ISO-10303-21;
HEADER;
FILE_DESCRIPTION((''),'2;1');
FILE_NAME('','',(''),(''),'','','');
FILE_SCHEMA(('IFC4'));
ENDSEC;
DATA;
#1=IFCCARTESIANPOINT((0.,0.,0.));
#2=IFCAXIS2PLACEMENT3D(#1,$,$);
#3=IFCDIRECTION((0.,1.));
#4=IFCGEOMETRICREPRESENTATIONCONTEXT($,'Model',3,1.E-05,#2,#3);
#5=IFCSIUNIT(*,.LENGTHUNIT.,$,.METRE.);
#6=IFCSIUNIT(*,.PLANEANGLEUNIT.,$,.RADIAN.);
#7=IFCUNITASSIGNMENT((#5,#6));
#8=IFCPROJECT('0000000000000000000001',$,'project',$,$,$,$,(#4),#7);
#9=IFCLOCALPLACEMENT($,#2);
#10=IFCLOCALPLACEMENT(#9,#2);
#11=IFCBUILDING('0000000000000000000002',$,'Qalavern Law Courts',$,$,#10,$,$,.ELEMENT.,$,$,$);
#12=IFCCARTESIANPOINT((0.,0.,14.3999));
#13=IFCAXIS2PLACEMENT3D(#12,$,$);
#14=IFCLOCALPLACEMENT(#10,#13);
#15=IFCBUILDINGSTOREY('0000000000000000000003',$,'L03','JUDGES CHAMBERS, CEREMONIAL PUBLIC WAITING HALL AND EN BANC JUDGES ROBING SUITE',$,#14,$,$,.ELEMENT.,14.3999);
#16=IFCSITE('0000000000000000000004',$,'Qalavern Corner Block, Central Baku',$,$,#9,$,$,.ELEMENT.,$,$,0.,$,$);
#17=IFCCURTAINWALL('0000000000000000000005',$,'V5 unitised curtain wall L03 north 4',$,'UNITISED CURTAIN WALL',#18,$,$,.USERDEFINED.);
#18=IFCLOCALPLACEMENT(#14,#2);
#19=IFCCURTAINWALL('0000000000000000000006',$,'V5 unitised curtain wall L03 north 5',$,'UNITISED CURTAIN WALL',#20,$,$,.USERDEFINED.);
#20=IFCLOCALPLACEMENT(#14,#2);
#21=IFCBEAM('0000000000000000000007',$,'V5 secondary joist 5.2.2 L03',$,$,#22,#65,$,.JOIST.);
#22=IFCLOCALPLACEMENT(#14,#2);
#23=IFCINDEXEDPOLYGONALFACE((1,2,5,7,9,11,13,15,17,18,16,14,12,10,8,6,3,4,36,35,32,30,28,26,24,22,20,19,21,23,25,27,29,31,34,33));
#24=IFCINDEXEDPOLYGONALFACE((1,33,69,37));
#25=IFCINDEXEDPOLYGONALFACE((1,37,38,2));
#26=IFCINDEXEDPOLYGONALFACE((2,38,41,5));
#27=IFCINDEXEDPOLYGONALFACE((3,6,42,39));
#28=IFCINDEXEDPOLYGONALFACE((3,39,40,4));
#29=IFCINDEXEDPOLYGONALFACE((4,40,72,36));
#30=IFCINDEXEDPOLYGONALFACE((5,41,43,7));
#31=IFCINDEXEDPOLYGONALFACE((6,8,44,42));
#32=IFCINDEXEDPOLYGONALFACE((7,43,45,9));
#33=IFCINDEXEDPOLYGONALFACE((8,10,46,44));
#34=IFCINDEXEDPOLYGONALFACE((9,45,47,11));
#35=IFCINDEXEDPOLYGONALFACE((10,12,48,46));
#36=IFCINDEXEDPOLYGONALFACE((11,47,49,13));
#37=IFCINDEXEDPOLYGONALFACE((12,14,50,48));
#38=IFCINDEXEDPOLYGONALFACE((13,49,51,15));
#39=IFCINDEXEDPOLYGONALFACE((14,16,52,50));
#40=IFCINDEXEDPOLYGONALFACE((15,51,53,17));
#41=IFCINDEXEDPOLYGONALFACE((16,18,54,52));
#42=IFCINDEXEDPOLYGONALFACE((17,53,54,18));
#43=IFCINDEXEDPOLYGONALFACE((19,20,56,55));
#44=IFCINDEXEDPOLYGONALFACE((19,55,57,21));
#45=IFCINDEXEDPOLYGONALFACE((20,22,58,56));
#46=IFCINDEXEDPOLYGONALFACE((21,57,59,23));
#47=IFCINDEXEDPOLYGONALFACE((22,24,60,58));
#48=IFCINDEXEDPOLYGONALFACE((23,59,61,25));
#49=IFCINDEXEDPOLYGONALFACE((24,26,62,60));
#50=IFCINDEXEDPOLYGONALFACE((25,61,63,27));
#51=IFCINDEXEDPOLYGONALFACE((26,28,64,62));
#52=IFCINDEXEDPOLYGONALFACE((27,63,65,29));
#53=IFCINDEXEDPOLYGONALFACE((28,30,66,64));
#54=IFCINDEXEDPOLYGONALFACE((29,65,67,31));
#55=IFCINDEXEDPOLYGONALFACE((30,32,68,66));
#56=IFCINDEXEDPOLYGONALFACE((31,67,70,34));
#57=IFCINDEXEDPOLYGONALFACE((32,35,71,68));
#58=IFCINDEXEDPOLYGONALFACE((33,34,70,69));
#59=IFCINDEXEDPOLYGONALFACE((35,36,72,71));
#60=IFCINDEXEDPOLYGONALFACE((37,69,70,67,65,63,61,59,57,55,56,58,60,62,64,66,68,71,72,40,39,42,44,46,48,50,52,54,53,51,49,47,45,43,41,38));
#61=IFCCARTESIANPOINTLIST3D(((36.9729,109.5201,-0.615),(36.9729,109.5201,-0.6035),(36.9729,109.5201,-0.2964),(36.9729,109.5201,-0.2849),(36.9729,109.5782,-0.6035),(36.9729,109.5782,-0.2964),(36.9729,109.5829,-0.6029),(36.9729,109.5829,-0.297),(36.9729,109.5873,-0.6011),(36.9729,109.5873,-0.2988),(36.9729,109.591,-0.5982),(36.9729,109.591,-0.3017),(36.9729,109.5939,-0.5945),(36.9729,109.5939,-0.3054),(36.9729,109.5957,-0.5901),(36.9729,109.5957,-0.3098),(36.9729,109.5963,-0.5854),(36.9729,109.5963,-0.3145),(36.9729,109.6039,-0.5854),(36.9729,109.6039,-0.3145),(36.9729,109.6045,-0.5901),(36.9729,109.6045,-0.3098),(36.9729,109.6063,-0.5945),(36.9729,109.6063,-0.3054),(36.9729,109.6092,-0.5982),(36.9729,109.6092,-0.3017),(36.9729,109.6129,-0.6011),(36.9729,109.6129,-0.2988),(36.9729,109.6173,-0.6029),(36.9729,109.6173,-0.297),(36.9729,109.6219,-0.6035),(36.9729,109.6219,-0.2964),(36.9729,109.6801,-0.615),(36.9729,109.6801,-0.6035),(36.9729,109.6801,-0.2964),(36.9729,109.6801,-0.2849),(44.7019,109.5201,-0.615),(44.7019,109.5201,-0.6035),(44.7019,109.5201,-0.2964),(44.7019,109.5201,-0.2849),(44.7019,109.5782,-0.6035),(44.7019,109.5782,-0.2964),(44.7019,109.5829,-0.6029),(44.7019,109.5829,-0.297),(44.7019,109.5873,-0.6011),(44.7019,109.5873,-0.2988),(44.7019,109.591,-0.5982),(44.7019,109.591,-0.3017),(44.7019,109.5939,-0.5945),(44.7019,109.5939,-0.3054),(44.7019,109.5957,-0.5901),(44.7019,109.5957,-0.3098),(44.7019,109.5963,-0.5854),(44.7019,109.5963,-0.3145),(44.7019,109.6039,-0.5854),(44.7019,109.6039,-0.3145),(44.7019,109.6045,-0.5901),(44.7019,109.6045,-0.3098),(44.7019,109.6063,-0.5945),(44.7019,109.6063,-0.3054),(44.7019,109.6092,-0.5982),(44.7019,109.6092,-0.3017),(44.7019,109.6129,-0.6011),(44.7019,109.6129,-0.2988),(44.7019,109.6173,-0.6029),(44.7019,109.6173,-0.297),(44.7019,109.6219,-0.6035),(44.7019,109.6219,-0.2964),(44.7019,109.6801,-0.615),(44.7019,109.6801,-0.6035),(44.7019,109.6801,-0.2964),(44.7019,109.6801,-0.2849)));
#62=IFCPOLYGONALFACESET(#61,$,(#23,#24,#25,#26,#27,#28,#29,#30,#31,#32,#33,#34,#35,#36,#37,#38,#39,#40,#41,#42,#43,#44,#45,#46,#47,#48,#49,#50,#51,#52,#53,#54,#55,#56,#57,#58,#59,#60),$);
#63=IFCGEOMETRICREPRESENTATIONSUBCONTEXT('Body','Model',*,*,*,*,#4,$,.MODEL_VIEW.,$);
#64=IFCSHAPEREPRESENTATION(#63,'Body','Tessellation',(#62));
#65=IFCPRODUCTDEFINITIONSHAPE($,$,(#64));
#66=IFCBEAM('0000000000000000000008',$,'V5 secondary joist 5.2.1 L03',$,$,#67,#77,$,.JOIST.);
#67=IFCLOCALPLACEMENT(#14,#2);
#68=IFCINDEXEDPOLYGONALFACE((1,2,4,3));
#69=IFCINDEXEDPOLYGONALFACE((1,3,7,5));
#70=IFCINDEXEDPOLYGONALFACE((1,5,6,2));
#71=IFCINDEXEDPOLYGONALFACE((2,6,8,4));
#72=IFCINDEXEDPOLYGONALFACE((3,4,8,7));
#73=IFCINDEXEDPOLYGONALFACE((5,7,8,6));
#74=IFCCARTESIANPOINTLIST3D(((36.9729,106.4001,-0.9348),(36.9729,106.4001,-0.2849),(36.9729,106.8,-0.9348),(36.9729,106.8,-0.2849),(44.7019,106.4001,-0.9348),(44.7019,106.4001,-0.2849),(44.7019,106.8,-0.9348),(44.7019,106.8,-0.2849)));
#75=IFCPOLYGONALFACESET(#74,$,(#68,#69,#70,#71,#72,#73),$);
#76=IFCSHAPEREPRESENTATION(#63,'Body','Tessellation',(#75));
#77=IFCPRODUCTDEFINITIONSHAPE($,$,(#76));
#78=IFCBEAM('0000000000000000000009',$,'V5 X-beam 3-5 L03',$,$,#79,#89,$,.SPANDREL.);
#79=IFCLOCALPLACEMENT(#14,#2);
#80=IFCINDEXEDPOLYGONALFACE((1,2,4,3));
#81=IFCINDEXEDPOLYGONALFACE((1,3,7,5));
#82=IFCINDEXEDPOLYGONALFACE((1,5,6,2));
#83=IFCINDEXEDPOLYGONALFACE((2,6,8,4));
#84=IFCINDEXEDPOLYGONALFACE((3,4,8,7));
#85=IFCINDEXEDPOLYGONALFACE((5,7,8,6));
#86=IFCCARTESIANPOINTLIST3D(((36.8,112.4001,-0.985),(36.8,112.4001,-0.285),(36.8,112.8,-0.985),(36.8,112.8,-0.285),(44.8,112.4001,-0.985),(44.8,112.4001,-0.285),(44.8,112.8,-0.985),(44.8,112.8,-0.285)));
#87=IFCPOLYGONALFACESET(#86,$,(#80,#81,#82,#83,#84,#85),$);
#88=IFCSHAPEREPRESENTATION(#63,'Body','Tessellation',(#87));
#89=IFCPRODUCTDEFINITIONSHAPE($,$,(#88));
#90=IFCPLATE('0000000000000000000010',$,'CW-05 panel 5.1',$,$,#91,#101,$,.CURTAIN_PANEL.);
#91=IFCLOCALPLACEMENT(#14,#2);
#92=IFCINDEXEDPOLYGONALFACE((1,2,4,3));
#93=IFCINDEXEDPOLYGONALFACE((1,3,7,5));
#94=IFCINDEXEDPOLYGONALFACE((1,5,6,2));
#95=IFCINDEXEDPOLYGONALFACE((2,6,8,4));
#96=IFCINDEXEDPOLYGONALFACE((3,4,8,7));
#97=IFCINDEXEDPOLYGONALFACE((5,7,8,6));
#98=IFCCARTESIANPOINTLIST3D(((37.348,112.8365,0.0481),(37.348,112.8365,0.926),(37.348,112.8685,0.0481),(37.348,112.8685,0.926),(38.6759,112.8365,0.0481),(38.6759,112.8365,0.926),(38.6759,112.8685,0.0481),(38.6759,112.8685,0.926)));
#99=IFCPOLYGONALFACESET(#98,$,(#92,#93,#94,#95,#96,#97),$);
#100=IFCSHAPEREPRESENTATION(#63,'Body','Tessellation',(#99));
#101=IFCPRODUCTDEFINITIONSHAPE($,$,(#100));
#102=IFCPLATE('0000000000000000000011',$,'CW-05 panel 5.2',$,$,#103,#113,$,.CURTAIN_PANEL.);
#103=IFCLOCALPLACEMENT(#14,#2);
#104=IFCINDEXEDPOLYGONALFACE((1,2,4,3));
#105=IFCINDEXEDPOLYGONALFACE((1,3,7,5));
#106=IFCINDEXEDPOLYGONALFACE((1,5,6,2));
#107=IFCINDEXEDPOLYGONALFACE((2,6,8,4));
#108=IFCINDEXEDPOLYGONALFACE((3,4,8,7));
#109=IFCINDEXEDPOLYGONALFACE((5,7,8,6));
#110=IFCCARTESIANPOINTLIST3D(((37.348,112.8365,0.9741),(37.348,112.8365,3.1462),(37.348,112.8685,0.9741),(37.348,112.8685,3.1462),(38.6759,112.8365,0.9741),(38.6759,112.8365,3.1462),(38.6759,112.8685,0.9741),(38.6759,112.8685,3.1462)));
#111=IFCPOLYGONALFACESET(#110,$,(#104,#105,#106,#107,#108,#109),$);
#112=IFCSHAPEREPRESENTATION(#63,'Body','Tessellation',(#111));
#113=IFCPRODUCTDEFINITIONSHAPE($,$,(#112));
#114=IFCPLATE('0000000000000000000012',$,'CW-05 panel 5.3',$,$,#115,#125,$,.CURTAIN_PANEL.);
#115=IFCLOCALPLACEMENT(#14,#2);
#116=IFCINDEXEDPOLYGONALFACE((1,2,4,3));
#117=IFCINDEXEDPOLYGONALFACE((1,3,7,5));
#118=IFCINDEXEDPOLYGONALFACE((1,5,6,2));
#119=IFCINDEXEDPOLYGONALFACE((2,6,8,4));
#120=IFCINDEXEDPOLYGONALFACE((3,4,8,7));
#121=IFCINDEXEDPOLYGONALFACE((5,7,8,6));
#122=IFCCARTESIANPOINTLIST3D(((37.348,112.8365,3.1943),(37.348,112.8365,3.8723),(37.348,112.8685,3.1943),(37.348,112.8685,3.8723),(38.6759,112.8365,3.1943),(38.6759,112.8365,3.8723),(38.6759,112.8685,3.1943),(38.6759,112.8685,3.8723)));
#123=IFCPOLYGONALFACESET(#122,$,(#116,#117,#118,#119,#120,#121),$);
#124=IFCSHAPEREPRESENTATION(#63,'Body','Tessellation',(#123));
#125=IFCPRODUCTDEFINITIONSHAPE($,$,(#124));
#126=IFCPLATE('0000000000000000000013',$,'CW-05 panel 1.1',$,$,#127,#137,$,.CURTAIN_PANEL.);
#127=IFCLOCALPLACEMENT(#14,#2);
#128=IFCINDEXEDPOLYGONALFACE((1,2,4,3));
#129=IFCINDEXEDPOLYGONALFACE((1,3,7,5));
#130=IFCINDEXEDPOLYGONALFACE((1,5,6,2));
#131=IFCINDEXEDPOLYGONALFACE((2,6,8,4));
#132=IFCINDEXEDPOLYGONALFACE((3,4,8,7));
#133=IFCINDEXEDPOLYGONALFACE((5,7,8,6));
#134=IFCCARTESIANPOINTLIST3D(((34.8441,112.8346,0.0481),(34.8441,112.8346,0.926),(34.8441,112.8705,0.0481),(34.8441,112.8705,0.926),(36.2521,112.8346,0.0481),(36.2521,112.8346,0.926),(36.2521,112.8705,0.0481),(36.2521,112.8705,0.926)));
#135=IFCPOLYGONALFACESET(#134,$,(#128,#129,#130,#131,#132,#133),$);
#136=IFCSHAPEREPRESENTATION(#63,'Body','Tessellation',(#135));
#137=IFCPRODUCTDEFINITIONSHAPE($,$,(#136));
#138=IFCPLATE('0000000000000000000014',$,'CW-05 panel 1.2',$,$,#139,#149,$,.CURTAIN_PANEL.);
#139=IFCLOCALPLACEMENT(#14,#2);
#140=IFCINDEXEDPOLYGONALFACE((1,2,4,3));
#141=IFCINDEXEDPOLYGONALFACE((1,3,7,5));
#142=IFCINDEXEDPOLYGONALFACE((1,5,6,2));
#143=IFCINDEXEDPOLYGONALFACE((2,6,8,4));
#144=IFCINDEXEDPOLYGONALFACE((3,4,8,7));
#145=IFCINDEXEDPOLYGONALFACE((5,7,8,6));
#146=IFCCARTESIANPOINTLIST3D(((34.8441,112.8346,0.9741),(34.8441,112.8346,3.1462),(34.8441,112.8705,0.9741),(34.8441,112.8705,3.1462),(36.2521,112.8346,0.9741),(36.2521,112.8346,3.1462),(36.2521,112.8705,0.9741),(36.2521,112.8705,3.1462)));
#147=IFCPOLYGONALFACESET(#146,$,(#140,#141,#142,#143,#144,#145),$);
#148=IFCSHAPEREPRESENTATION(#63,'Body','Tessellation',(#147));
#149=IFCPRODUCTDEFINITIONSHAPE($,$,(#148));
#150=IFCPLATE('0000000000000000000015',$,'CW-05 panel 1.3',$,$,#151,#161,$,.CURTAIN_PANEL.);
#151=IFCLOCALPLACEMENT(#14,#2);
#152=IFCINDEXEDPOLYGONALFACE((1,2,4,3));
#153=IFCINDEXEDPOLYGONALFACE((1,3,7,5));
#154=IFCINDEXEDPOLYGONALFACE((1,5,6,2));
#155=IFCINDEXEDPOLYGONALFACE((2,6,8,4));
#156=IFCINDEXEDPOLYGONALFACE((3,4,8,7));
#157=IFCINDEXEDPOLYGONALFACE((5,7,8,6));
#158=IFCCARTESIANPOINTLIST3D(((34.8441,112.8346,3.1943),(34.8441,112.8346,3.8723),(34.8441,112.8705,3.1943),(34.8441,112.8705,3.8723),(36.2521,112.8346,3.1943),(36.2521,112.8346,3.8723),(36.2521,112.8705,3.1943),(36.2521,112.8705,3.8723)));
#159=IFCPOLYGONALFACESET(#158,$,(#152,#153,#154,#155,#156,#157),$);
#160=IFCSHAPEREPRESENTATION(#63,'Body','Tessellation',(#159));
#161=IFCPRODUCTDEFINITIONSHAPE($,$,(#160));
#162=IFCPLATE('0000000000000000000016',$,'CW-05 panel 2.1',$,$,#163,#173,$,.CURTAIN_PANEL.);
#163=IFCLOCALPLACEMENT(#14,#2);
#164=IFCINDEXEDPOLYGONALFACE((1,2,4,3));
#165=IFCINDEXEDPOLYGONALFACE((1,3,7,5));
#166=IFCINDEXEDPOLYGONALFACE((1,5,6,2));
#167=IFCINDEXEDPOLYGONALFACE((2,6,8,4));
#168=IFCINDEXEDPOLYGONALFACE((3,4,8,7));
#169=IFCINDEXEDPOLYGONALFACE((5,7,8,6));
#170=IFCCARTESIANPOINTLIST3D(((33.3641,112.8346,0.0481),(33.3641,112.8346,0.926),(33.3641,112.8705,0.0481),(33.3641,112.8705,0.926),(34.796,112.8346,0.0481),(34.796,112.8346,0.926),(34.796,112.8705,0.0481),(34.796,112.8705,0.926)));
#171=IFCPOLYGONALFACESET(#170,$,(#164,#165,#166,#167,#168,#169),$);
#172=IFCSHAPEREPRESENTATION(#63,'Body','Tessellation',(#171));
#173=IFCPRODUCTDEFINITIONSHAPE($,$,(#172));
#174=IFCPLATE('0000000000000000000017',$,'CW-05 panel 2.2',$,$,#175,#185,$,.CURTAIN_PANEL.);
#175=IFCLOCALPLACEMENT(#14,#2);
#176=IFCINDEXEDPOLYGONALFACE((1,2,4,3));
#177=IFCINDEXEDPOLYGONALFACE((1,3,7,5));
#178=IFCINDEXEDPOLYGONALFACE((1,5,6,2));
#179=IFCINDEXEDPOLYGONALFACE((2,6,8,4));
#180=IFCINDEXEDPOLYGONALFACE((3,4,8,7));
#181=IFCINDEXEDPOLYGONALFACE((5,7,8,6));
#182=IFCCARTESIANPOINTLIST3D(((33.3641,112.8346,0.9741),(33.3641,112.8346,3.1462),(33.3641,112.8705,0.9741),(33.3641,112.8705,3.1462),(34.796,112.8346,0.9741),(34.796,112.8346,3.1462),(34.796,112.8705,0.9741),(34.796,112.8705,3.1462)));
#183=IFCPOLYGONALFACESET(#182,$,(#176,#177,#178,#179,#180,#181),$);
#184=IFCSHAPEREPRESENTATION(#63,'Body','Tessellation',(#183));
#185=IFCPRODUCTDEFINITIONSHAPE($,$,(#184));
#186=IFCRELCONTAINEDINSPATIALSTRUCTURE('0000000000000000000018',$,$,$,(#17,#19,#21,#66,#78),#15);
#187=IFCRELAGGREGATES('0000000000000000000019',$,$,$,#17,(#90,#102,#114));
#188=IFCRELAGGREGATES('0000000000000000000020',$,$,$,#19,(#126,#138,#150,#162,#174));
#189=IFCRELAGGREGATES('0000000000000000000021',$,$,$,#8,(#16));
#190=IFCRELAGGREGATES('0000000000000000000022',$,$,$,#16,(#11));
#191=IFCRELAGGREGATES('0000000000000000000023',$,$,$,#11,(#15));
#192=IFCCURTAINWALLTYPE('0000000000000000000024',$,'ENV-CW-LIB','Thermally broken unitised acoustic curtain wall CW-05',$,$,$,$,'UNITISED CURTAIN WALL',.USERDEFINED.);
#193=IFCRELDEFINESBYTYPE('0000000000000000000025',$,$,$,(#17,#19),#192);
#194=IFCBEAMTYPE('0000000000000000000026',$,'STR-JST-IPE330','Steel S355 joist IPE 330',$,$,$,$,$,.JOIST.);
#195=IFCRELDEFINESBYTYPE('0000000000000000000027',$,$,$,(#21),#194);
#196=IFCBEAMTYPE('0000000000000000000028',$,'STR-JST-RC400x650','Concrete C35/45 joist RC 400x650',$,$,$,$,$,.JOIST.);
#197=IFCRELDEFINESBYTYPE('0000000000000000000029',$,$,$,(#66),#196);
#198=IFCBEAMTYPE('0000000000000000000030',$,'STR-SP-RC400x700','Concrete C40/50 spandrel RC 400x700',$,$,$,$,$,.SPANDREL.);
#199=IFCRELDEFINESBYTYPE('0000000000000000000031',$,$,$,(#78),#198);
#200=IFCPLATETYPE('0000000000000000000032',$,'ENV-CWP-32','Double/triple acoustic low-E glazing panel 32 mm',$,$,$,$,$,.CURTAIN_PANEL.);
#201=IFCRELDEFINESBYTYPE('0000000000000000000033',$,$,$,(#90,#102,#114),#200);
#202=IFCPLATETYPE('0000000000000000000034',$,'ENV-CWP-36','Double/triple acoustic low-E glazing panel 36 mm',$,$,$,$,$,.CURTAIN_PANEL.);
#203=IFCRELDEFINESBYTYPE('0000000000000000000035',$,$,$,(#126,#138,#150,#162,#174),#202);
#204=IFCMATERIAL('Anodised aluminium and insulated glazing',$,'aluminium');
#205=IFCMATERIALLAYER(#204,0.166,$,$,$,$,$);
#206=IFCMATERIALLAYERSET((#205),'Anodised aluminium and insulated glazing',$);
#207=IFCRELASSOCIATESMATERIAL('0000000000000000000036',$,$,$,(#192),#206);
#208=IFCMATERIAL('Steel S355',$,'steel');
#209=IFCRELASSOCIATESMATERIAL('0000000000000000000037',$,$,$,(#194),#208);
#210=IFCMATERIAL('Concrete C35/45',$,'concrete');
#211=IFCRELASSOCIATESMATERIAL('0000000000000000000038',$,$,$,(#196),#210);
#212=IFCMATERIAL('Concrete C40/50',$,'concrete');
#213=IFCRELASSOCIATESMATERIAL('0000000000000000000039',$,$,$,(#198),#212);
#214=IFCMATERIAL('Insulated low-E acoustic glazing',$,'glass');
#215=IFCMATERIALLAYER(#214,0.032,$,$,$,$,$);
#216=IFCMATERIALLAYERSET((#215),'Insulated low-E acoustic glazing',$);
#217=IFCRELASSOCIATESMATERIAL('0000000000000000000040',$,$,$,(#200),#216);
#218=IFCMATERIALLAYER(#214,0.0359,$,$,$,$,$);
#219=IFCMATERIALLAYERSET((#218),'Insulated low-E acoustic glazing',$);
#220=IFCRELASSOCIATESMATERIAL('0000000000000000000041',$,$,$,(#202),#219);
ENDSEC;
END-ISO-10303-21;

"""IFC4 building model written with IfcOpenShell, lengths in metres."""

from ifc_helpers import new_model, si_unit, direction, frame, origin, origin_2d, place, context, subcontext, project, spatial, rectangle, i_section, extrude, material, layer, layer_set, material_profile, profile_set, type_object, element, aggregate, save


model = new_model("IFC4")

# Units and contexts
model_context = context("Model", 3, precision=1e-05, world=origin(), true_north=direction((0.0, 1.0)))
body_context = subcontext(model_context, "Body", "Model", "MODEL_VIEW")
ifc_project = project(units=[si_unit("LENGTHUNIT", "METRE"), si_unit("PLANEANGLEUNIT", "RADIAN")], contexts=[model_context])

# Site, building, storey
site_placement = place(None, origin())
site = spatial("IfcSite", under=ifc_project, at=site_placement, Name="Qalavern Corner Block, Central Baku", CompositionType="ELEMENT", RefElevation=0.0)
building_placement = place(site_placement, origin())
building = spatial("IfcBuilding", under=site, at=building_placement, Name="Qalavern Law Courts", CompositionType="ELEMENT")
storey_placement = place(building_placement, frame((0.0, 0.0, 14.3999)))
storey = spatial("IfcBuildingStorey", under=building, at=storey_placement, Name="L03", Description="JUDGES CHAMBERS, CEREMONIAL PUBLIC WAITING HALL AND EN BANC JUDGES ROBING SUITE", CompositionType="ELEMENT", Elevation=14.3999)

# Curtain wall
ifc_material_1 = material(Name="Anodised aluminium and insulated glazing", Category="aluminium")
ifc_layer_1 = layer(ifc_material_1, 0.166)
ifc_layer_set_1 = layer_set([ifc_layer_1], Name="Anodised aluminium and insulated glazing")
curtain_wall_type = type_object("IfcCurtainWallType", Name="ENV-CW-LIB", Description="Thermally broken unitised acoustic curtain wall CW-05", ElementType="UNITISED CURTAIN WALL", PredefinedType="USERDEFINED", material=ifc_layer_set_1)
curtain_wall_1_placement = place(storey_placement, origin())
curtain_wall_1 = element("IfcCurtainWall", 1, at=curtain_wall_1_placement, inside=storey, type_object=curtain_wall_type, Name="V5 unitised curtain wall L03 north 4", ObjectType="UNITISED CURTAIN WALL", PredefinedType="USERDEFINED")

# Curtain wall
curtain_wall_2_placement = place(storey_placement, origin())
curtain_wall_2 = element("IfcCurtainWall", 2, at=curtain_wall_2_placement, inside=storey, type_object=curtain_wall_type, Name="V5 unitised curtain wall L03 north 5", ObjectType="UNITISED CURTAIN WALL", PredefinedType="USERDEFINED")

# Beams
ifc_material_2 = material(Name="Concrete C35/45", Category="concrete")
ifc_material_3 = material(Name="Steel S355", Category="steel")
ifc_material_profile_1 = material_profile(ifc_material_3, i_section(OverallWidth=0.1599, OverallDepth=0.3301, WebThickness=0.0076, FlangeThickness=0.0115, FilletRadius=0.0181, at=origin_2d()), Name="IPE 330")
ifc_profile_set_1 = profile_set([ifc_material_profile_1], Name="Steel S355")
beam_type_1 = type_object("IfcBeamType", Name="STR-JST-IPE330", Description="Steel S355 joist IPE 330", PredefinedType="JOIST", material=ifc_profile_set_1)
beam_1_placement = place(storey_placement, frame((36.9729, 109.6001, -0.45), z_axis=(1.0, 0.0, 0.0), x_axis=(0.0, 1.0, 0.0)))
element("IfcBeam", 3, at=beam_1_placement, inside=storey, type_object=beam_type_1, Name="V5 secondary joist 5.2.2 L03", PredefinedType="JOIST", context=body_context, shape_type="SweptSolid", body=[
    extrude(i_section(OverallWidth=0.1599, OverallDepth=0.3301, WebThickness=0.0076, FlangeThickness=0.0115, FilletRadius=0.0181, at=origin_2d()), origin(), (0.0, 0.0, 1.0), 7.729),
])
ifc_material_profile_2 = material_profile(ifc_material_2, rectangle(XDim=0.3999, YDim=0.6499, at=origin_2d()), Name="RC 400x650")
ifc_profile_set_2 = profile_set([ifc_material_profile_2], Name="Concrete C35/45")
beam_type_2 = type_object("IfcBeamType", Name="STR-JST-RC400x650", Description="Concrete C35/45 joist RC 400x650", PredefinedType="JOIST", material=ifc_profile_set_2)
beam_2_placement = place(storey_placement, frame((36.9729, 106.6001, -0.6099), z_axis=(1.0, 0.0, 0.0), x_axis=(0.0, 1.0, 0.0)))
element("IfcBeam", 4, at=beam_2_placement, inside=storey, type_object=beam_type_2, Name="V5 secondary joist 5.2.1 L03", PredefinedType="JOIST", context=body_context, shape_type="SweptSolid", body=[
    extrude(rectangle(XDim=0.3999, YDim=0.6499, at=origin_2d()), origin(), (0.0, 0.0, 1.0), 7.729),
])
ifc_material_4 = material(Name="Concrete C40/50", Category="concrete")
ifc_material_profile_3 = material_profile(ifc_material_4, rectangle(XDim=0.3999, YDim=0.7, at=origin_2d()), Name="RC 400x700")
ifc_profile_set_3 = profile_set([ifc_material_profile_3], Name="Concrete C40/50")
beam_type_3 = type_object("IfcBeamType", Name="STR-SP-RC400x700", Description="Concrete C40/50 spandrel RC 400x700", PredefinedType="SPANDREL", material=ifc_profile_set_3)
beam_3_placement = place(storey_placement, frame((36.8, 112.6001, -0.635), z_axis=(1.0, 0.0, 0.0), x_axis=(0.0, 1.0, 0.0)))
element("IfcBeam", 5, at=beam_3_placement, inside=storey, type_object=beam_type_3, Name="V5 X-beam 3-5 L03", PredefinedType="SPANDREL", context=body_context, shape_type="SweptSolid", body=[
    extrude(rectangle(XDim=0.3999, YDim=0.7, at=origin_2d()), origin(), (0.0, 0.0, 1.0), 8.0),
])

# Plates
ifc_material_5 = material(Name="Insulated low-E acoustic glazing", Category="glass")
ifc_layer_2 = layer(ifc_material_5, 0.032)
ifc_layer_set_2 = layer_set([ifc_layer_2], Name="Insulated low-E acoustic glazing")
plate_type_1 = type_object("IfcPlateType", Name="ENV-CWP-32", Description="Double/triple acoustic low-E glazing panel 32 mm", PredefinedType="CURTAIN_PANEL", material=ifc_layer_set_2)
plate_1_placement = place(storey_placement, frame((38.012, 112.8525, 0.0481), z_axis=(0.0, 0.0, 1.0), x_axis=(-1.0, 0.0, 0.0)))
plate_1 = element("IfcPlate", 6, at=plate_1_placement, type_object=plate_type_1, Name="CW-05 panel 5.1", PredefinedType="CURTAIN_PANEL", context=body_context, shape_type="SweptSolid", body=[
    extrude(rectangle(XDim=1.3279, YDim=0.032, at=origin_2d()), origin(), (0.0, 0.0, 1.0), 0.8779),
])
plate_2_placement = place(storey_placement, frame((38.012, 112.8525, 0.9741), z_axis=(0.0, 0.0, 1.0), x_axis=(-1.0, 0.0, 0.0)))
plate_2 = element("IfcPlate", 7, at=plate_2_placement, type_object=plate_type_1, Name="CW-05 panel 5.2", PredefinedType="CURTAIN_PANEL", context=body_context, shape_type="SweptSolid", body=[
    extrude(rectangle(XDim=1.3279, YDim=0.032, at=origin_2d()), origin(), (0.0, 0.0, 1.0), 2.1721),
])
plate_3_placement = place(storey_placement, frame((38.012, 112.8525, 3.1943), z_axis=(0.0, 0.0, 1.0), x_axis=(-1.0, 0.0, 0.0)))
plate_3 = element("IfcPlate", 8, at=plate_3_placement, type_object=plate_type_1, Name="CW-05 panel 5.3", PredefinedType="CURTAIN_PANEL", context=body_context, shape_type="SweptSolid", body=[
    extrude(rectangle(XDim=1.3279, YDim=0.032, at=origin_2d()), origin(), (0.0, 0.0, 1.0), 0.678),
])
aggregate(curtain_wall_1, [plate_1, plate_2, plate_3])
ifc_layer_3 = layer(ifc_material_5, 0.0359)
ifc_layer_set_3 = layer_set([ifc_layer_3], Name="Insulated low-E acoustic glazing")
plate_type_2 = type_object("IfcPlateType", Name="ENV-CWP-36", Description="Double/triple acoustic low-E glazing panel 36 mm", PredefinedType="CURTAIN_PANEL", material=ifc_layer_set_3)
plate_4_placement = place(storey_placement, frame((35.5481, 112.8525, 0.0481), z_axis=(0.0, 0.0, 1.0), x_axis=(-1.0, 0.0, 0.0)))
plate_4 = element("IfcPlate", 9, at=plate_4_placement, type_object=plate_type_2, Name="CW-05 panel 1.1", PredefinedType="CURTAIN_PANEL", context=body_context, shape_type="SweptSolid", body=[
    extrude(rectangle(XDim=1.408, YDim=0.0359, at=origin_2d()), origin(), (0.0, 0.0, 1.0), 0.8779),
])
plate_5_placement = place(storey_placement, frame((35.5481, 112.8525, 0.9741), z_axis=(0.0, 0.0, 1.0), x_axis=(-1.0, 0.0, 0.0)))
plate_5 = element("IfcPlate", 10, at=plate_5_placement, type_object=plate_type_2, Name="CW-05 panel 1.2", PredefinedType="CURTAIN_PANEL", context=body_context, shape_type="SweptSolid", body=[
    extrude(rectangle(XDim=1.408, YDim=0.0359, at=origin_2d()), origin(), (0.0, 0.0, 1.0), 2.1721),
])
plate_6_placement = place(storey_placement, frame((35.5481, 112.8525, 3.1943), z_axis=(0.0, 0.0, 1.0), x_axis=(-1.0, 0.0, 0.0)))
plate_6 = element("IfcPlate", 11, at=plate_6_placement, type_object=plate_type_2, Name="CW-05 panel 1.3", PredefinedType="CURTAIN_PANEL", context=body_context, shape_type="SweptSolid", body=[
    extrude(rectangle(XDim=1.408, YDim=0.0359, at=origin_2d()), origin(), (0.0, 0.0, 1.0), 0.678),
])
plate_7_placement = place(storey_placement, frame((34.0801, 112.8525, 0.0481), z_axis=(0.0, 0.0, 1.0), x_axis=(-1.0, 0.0, 0.0)))
plate_7 = element("IfcPlate", 12, at=plate_7_placement, type_object=plate_type_2, Name="CW-05 panel 2.1", PredefinedType="CURTAIN_PANEL", context=body_context, shape_type="SweptSolid", body=[
    extrude(rectangle(XDim=1.4319, YDim=0.0359, at=origin_2d()), origin(), (0.0, 0.0, 1.0), 0.8779),
])
plate_8_placement = place(storey_placement, frame((34.0801, 112.8525, 0.9741), z_axis=(0.0, 0.0, 1.0), x_axis=(-1.0, 0.0, 0.0)))
plate_8 = element("IfcPlate", 13, at=plate_8_placement, type_object=plate_type_2, Name="CW-05 panel 2.2", PredefinedType="CURTAIN_PANEL", context=body_context, shape_type="SweptSolid", body=[
    extrude(rectangle(XDim=1.4319, YDim=0.0359, at=origin_2d()), origin(), (0.0, 0.0, 1.0), 2.1721),
])
aggregate(curtain_wall_2, [plate_4, plate_5, plate_6, plate_7, plate_8])

save(model, "model.ifc")
